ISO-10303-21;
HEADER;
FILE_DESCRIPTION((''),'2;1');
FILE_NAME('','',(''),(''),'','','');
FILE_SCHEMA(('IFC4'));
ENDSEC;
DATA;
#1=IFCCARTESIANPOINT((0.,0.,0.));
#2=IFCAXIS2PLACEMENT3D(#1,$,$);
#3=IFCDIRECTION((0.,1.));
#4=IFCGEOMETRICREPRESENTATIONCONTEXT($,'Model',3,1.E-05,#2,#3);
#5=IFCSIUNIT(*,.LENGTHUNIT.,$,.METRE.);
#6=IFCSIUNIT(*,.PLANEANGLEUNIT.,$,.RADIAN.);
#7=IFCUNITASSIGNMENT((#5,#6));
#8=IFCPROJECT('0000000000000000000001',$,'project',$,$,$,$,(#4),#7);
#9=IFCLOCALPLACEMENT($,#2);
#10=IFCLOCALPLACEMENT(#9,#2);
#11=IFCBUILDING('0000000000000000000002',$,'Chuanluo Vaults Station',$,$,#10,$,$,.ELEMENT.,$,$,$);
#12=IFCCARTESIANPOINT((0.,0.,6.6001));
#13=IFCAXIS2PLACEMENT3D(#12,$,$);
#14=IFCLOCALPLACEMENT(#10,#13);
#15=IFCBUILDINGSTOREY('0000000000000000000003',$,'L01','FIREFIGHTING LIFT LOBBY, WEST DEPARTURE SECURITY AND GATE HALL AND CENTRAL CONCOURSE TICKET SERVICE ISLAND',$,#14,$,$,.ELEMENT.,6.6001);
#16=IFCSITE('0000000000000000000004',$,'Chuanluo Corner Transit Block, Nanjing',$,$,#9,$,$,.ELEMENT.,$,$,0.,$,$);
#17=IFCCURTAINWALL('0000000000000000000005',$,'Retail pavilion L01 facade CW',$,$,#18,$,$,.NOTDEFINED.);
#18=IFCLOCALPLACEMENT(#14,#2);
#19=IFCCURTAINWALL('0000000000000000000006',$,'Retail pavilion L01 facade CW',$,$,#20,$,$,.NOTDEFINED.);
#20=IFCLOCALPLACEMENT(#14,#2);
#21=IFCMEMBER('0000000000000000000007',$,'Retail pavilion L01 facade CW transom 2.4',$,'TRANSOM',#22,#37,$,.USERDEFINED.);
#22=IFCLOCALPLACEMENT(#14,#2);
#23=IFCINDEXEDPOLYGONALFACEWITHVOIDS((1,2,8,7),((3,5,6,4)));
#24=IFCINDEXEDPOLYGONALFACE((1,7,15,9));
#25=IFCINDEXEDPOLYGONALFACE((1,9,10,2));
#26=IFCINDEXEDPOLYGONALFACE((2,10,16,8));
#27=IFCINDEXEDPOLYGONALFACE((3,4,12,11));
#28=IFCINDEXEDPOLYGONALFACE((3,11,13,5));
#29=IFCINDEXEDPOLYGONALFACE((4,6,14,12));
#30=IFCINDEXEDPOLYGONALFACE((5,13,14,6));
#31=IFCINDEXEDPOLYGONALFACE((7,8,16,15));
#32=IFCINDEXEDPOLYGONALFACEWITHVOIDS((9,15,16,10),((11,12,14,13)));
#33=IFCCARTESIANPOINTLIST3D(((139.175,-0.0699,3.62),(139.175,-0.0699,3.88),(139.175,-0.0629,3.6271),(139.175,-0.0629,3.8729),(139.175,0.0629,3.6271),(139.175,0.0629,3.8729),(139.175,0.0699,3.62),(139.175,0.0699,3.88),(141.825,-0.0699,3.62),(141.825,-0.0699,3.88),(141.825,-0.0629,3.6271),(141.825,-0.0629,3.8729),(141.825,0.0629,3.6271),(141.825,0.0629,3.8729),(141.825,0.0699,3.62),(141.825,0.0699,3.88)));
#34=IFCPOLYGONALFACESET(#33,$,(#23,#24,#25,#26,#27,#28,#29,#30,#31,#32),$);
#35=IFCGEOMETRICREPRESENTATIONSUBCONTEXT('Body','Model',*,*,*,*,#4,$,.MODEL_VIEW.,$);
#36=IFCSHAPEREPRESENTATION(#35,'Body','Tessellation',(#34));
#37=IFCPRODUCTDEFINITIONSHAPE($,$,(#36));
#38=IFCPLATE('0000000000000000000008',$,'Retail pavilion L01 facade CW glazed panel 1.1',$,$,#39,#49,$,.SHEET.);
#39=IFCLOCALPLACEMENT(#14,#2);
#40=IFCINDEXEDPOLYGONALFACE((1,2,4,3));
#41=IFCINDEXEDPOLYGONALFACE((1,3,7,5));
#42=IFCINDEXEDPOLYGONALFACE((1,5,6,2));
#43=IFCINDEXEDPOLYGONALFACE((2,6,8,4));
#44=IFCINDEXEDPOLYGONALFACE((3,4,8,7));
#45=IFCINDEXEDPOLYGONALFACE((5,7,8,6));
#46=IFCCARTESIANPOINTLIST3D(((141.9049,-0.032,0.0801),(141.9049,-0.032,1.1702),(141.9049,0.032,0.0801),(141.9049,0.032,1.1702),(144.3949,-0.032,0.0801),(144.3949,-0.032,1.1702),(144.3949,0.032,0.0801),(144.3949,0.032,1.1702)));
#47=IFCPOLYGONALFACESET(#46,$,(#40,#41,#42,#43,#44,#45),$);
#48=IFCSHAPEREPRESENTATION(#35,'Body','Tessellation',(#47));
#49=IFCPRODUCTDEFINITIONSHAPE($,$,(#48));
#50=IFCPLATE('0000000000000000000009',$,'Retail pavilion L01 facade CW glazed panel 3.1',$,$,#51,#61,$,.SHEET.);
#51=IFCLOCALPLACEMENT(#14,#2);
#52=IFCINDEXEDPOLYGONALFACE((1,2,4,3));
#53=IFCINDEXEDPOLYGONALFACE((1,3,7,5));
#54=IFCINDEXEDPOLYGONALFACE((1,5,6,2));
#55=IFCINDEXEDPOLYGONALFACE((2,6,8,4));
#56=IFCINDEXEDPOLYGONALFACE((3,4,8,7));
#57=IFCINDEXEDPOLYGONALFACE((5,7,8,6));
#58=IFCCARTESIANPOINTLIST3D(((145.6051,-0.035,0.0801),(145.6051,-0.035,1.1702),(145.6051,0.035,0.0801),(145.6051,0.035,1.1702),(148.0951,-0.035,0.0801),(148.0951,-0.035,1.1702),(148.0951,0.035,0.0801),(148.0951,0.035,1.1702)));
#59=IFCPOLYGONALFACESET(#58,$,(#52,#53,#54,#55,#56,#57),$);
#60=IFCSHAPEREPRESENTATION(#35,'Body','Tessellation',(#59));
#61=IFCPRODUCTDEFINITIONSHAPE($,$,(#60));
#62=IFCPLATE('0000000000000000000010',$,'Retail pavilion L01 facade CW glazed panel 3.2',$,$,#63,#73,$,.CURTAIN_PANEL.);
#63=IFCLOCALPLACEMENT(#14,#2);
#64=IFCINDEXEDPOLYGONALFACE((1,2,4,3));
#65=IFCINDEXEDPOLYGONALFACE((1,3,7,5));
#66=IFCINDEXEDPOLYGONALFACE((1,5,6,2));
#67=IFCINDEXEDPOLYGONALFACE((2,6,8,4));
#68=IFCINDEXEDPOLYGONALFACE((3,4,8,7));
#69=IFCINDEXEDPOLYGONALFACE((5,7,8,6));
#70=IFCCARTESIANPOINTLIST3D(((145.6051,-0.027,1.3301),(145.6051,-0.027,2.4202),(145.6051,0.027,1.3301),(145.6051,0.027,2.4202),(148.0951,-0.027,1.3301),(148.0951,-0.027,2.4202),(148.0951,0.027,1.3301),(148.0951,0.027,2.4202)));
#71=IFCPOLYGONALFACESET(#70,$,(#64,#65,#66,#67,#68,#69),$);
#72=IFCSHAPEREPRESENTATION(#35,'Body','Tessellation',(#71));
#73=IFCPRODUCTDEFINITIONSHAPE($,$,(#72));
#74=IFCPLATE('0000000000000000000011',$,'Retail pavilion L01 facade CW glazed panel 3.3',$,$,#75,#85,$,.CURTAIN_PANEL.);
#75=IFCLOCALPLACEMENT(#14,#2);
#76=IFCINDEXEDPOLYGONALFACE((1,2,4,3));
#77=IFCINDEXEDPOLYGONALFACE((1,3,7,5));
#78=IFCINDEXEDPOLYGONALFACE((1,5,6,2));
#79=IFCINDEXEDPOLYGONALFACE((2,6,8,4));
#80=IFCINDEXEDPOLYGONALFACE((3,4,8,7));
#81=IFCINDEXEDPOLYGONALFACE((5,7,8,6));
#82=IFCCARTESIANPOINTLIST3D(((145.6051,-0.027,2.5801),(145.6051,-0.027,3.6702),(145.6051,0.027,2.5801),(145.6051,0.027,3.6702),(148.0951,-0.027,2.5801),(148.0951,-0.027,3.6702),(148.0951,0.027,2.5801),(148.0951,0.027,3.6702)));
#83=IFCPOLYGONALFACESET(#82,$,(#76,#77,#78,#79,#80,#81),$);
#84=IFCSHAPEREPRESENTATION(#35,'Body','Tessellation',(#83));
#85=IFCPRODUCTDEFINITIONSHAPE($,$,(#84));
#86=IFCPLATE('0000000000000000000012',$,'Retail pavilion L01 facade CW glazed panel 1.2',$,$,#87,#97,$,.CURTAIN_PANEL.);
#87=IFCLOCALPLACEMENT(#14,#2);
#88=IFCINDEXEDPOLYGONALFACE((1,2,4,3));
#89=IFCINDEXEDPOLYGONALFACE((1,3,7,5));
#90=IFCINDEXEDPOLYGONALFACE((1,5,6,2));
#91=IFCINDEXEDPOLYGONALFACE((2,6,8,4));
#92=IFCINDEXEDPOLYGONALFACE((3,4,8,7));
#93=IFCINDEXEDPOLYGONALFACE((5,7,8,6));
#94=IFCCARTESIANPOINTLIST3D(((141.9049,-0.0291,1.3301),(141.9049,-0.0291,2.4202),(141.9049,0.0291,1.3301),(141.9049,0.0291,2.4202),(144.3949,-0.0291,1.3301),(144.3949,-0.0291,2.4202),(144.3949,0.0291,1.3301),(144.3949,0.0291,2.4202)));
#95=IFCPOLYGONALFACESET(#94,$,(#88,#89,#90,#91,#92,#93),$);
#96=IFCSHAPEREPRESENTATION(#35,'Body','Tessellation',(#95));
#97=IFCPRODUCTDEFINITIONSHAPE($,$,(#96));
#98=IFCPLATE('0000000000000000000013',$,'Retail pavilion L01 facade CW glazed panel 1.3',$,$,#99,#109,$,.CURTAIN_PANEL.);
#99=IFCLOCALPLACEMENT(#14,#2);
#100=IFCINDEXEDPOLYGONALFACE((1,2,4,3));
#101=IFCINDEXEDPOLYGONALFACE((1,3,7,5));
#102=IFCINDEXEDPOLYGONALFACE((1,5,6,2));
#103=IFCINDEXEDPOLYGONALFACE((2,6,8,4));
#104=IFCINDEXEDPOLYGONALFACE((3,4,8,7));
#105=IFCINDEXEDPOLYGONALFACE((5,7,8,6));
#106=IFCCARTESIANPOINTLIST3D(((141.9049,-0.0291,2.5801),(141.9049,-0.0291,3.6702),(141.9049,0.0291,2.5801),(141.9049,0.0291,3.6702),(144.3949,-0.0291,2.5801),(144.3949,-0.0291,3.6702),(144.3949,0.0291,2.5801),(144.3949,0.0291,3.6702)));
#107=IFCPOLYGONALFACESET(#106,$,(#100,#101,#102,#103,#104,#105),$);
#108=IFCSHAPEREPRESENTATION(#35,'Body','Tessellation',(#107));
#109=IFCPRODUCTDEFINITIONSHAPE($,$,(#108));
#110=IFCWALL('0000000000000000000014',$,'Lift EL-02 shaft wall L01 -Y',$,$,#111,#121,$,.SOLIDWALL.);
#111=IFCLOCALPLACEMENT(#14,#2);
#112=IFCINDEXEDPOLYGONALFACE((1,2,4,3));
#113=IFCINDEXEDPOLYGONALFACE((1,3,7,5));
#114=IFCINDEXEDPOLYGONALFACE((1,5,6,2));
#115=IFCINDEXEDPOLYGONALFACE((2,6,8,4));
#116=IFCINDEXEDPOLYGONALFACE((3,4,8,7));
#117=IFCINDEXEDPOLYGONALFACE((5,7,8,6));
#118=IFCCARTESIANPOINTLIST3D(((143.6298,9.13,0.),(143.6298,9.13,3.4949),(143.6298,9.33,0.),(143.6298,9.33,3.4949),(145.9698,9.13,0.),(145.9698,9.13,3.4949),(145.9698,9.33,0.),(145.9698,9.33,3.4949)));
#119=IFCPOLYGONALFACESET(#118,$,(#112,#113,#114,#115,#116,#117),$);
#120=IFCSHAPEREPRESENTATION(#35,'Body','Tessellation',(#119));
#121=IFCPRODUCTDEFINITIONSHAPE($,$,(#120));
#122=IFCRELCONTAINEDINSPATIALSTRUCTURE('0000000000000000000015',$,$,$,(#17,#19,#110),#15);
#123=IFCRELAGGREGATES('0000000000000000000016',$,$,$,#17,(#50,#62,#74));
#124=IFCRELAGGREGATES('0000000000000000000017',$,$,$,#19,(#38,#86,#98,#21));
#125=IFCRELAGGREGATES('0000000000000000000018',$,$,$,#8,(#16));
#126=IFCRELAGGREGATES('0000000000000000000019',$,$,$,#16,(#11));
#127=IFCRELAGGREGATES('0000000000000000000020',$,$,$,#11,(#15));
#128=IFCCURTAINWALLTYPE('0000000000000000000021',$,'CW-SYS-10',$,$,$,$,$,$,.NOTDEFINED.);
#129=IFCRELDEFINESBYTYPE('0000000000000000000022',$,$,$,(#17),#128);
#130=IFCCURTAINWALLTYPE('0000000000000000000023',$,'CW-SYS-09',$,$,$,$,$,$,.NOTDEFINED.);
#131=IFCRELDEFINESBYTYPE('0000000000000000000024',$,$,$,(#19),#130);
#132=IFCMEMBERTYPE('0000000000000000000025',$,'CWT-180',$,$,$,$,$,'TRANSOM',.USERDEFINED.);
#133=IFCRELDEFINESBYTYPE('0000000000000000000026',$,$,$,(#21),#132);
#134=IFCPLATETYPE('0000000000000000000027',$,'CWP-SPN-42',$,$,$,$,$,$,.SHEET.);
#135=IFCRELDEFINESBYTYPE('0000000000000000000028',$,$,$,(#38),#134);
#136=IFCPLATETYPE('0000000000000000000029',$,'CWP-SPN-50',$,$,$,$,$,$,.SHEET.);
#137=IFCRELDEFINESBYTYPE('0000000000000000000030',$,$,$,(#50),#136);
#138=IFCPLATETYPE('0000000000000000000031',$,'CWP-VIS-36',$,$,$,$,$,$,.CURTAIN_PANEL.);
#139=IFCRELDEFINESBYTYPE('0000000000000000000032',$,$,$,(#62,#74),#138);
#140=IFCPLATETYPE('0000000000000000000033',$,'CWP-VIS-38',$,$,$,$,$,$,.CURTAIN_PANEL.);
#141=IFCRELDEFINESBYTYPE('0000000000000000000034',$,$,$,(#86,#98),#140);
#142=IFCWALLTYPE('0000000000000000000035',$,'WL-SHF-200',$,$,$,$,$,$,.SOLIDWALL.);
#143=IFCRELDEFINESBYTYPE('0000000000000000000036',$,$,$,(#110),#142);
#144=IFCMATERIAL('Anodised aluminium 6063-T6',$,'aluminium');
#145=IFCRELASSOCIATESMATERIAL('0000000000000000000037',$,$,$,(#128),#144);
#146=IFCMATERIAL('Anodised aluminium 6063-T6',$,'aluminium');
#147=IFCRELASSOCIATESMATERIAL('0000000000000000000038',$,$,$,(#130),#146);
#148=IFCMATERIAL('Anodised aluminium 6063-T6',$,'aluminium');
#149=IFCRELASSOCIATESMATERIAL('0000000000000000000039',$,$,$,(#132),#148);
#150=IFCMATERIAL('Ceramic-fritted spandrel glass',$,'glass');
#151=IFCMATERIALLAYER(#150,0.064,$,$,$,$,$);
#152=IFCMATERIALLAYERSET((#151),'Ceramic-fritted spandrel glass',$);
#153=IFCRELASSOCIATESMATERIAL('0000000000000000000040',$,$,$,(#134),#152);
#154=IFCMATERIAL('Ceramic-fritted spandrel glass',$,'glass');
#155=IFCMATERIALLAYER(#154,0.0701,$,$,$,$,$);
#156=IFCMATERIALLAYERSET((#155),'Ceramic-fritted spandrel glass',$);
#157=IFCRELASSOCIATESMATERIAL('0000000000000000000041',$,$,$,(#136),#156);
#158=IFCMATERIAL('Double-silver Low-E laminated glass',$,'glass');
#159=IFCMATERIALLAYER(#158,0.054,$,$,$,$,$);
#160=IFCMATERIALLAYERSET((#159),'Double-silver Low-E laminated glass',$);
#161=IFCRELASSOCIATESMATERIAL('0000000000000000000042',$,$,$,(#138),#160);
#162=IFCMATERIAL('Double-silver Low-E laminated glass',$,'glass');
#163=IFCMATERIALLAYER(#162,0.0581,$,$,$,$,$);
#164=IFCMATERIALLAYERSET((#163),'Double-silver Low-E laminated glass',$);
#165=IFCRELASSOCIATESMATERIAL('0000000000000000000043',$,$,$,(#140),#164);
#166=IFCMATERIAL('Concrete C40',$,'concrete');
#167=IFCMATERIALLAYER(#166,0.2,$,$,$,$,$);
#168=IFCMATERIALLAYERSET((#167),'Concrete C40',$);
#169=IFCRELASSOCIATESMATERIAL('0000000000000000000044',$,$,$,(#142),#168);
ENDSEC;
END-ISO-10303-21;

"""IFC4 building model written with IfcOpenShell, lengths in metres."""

from ifc_helpers import new_model, si_unit, direction, frame, frame_2d, origin, origin_2d, place, context, subcontext, project, spatial, rectangle, hollow_rectangle, extrude, material, layer, layer_set, material_profile, profile_set, type_object, element, aggregate, save


model = new_model("IFC4")

# Units and contexts
model_context = context("Model", 3, precision=1e-05, world=origin(), true_north=direction((0.0, 1.0)))
body_context = subcontext(model_context, "Body", "Model", "MODEL_VIEW")
ifc_project = project(units=[si_unit("LENGTHUNIT", "METRE"), si_unit("PLANEANGLEUNIT", "RADIAN")], contexts=[model_context])

# Site, building, storey
site_placement = place(None, origin())
site = spatial("IfcSite", under=ifc_project, at=site_placement, Name="Chuanluo Corner Transit Block, Nanjing", CompositionType="ELEMENT", RefElevation=0.0)
building_placement = place(site_placement, origin())
building = spatial("IfcBuilding", under=site, at=building_placement, Name="Chuanluo Vaults Station", CompositionType="ELEMENT")
storey_placement = place(building_placement, frame((0.0, 0.0, 6.6001)))
storey = spatial("IfcBuildingStorey", under=building, at=storey_placement, Name="L01", Description="FIREFIGHTING LIFT LOBBY, WEST DEPARTURE SECURITY AND GATE HALL AND CENTRAL CONCOURSE TICKET SERVICE ISLAND", CompositionType="ELEMENT", Elevation=6.6001)

# Curtain wall
ifc_material_1 = material(Name="Anodised aluminium 6063-T6", Category="aluminium")
curtain_wall_type_1 = type_object("IfcCurtainWallType", Name="CW-SYS-10", PredefinedType="NOTDEFINED", material=ifc_material_1)
curtain_wall_1_placement = place(storey_placement, origin())
curtain_wall_1 = element("IfcCurtainWall", 1, at=curtain_wall_1_placement, inside=storey, type_object=curtain_wall_type_1, Name="Retail pavilion L01 facade CW", PredefinedType="NOTDEFINED")

# Curtain wall
ifc_material_2 = material(Name="Anodised aluminium 6063-T6", Category="aluminium")
curtain_wall_type_2 = type_object("IfcCurtainWallType", Name="CW-SYS-09", PredefinedType="NOTDEFINED", material=ifc_material_2)
curtain_wall_2_placement = place(storey_placement, origin())
curtain_wall_2 = element("IfcCurtainWall", 2, at=curtain_wall_2_placement, inside=storey, type_object=curtain_wall_type_2, Name="Retail pavilion L01 facade CW", PredefinedType="NOTDEFINED")

# Member
ifc_material_3 = material(Name="Anodised aluminium 6063-T6", Category="aluminium")
ifc_material_profile_1 = material_profile(ifc_material_3, hollow_rectangle(XDim=0.1399, YDim=0.26, WallThickness=0.0071, at=origin_2d()))
ifc_profile_set_1 = profile_set([ifc_material_profile_1], Name="Anodised aluminium 6063-T6")
member_type_1 = type_object("IfcMemberType", Name="CWT-180", ElementType="TRANSOM", PredefinedType="USERDEFINED", material=ifc_profile_set_1)
member_1_placement = place(storey_placement, frame((141.825, 0.0, 3.75), z_axis=(-1.0, 0.0, 0.0), x_axis=(0.0, -1.0, 0.0)))
member_1 = element("IfcMember", 3, at=member_1_placement, type_object=member_type_1, Name="Retail pavilion L01 facade CW transom 2.4", ObjectType="TRANSOM", PredefinedType="USERDEFINED", context=body_context, shape_type="SweptSolid", body=[
    extrude(hollow_rectangle(XDim=0.1399, YDim=0.26, WallThickness=0.0071, at=origin_2d()), origin(), (0.0, 0.0, 1.0), 2.6499),
])

# Plates
ifc_material_4 = material(Name="Ceramic-fritted spandrel glass", Category="glass")
ifc_layer_1 = layer(ifc_material_4, 0.064)
ifc_layer_set_1 = layer_set([ifc_layer_1], Name="Ceramic-fritted spandrel glass")
plate_type_1 = type_object("IfcPlateType", Name="CWP-SPN-42", PredefinedType="SHEET", material=ifc_layer_set_1)
plate_1_placement = place(storey_placement, frame((143.1499, 0.0, 0.0801), z_axis=(0.0, 0.0, 1.0), x_axis=(-1.0, 0.0, 0.0)))
plate_1 = element("IfcPlate", 4, at=plate_1_placement, type_object=plate_type_1, Name="Retail pavilion L01 facade CW glazed panel 1.1", PredefinedType="SHEET", context=body_context, shape_type="SweptSolid", body=[
    extrude(rectangle(XDim=2.49, YDim=0.064, at=origin_2d()), origin(), (0.0, 0.0, 1.0), 1.0901),
])
ifc_material_5 = material(Name="Ceramic-fritted spandrel glass", Category="glass")
ifc_layer_2 = layer(ifc_material_5, 0.0701)
ifc_layer_set_2 = layer_set([ifc_layer_2], Name="Ceramic-fritted spandrel glass")
plate_type_2 = type_object("IfcPlateType", Name="CWP-SPN-50", PredefinedType="SHEET", material=ifc_layer_set_2)
plate_2_placement = place(storey_placement, frame((146.8501, 0.0, 0.0801), z_axis=(0.0, 0.0, 1.0), x_axis=(-1.0, 0.0, 0.0)))
plate_2 = element("IfcPlate", 5, at=plate_2_placement, type_object=plate_type_2, Name="Retail pavilion L01 facade CW glazed panel 3.1", PredefinedType="SHEET", context=body_context, shape_type="SweptSolid", body=[
    extrude(rectangle(XDim=2.49, YDim=0.0701, at=origin_2d()), origin(), (0.0, 0.0, 1.0), 1.0901),
])
ifc_material_6 = material(Name="Double-silver Low-E laminated glass", Category="glass")
ifc_layer_3 = layer(ifc_material_6, 0.054)
ifc_layer_set_3 = layer_set([ifc_layer_3], Name="Double-silver Low-E laminated glass")
plate_type_3 = type_object("IfcPlateType", Name="CWP-VIS-36", PredefinedType="CURTAIN_PANEL", material=ifc_layer_set_3)
plate_3_placement = place(storey_placement, frame((146.8501, 0.0, 1.3301), z_axis=(0.0, 0.0, 1.0), x_axis=(-1.0, 0.0, 0.0)))
plate_3 = element("IfcPlate", 6, at=plate_3_placement, type_object=plate_type_3, Name="Retail pavilion L01 facade CW glazed panel 3.2", PredefinedType="CURTAIN_PANEL", context=body_context, shape_type="SweptSolid", body=[
    extrude(rectangle(XDim=2.49, YDim=0.054, at=origin_2d()), origin(), (0.0, 0.0, 1.0), 1.0901),
])
plate_4_placement = place(storey_placement, frame((146.8501, 0.0, 2.5801), z_axis=(0.0, 0.0, 1.0), x_axis=(-1.0, 0.0, 0.0)))
plate_4 = element("IfcPlate", 7, at=plate_4_placement, type_object=plate_type_3, Name="Retail pavilion L01 facade CW glazed panel 3.3", PredefinedType="CURTAIN_PANEL", context=body_context, shape_type="SweptSolid", body=[
    extrude(rectangle(XDim=2.49, YDim=0.054, at=origin_2d()), origin(), (0.0, 0.0, 1.0), 1.0901),
])
aggregate(curtain_wall_1, [plate_2, plate_3, plate_4])
ifc_material_7 = material(Name="Double-silver Low-E laminated glass", Category="glass")
ifc_layer_4 = layer(ifc_material_7, 0.0581)
ifc_layer_set_4 = layer_set([ifc_layer_4], Name="Double-silver Low-E laminated glass")
plate_type_4 = type_object("IfcPlateType", Name="CWP-VIS-38", PredefinedType="CURTAIN_PANEL", material=ifc_layer_set_4)
plate_5_placement = place(storey_placement, frame((143.1499, 0.0, 1.3301), z_axis=(0.0, 0.0, 1.0), x_axis=(-1.0, 0.0, 0.0)))
plate_5 = element("IfcPlate", 8, at=plate_5_placement, type_object=plate_type_4, Name="Retail pavilion L01 facade CW glazed panel 1.2", PredefinedType="CURTAIN_PANEL", context=body_context, shape_type="SweptSolid", body=[
    extrude(rectangle(XDim=2.49, YDim=0.0581, at=origin_2d()), origin(), (0.0, 0.0, 1.0), 1.0901),
])
plate_6_placement = place(storey_placement, frame((143.1499, 0.0, 2.5801), z_axis=(0.0, 0.0, 1.0), x_axis=(-1.0, 0.0, 0.0)))
plate_6 = element("IfcPlate", 9, at=plate_6_placement, type_object=plate_type_4, Name="Retail pavilion L01 facade CW glazed panel 1.3", PredefinedType="CURTAIN_PANEL", context=body_context, shape_type="SweptSolid", body=[
    extrude(rectangle(XDim=2.49, YDim=0.0581, at=origin_2d()), origin(), (0.0, 0.0, 1.0), 1.0901),
])
aggregate(curtain_wall_2, [plate_1, plate_5, plate_6, member_1])

# Wall
ifc_material_8 = material(Name="Concrete C40", Category="concrete")
ifc_layer_5 = layer(ifc_material_8, 0.2)
ifc_layer_set_5 = layer_set([ifc_layer_5], Name="Concrete C40")
wall_type = type_object("IfcWallType", Name="WL-SHF-200", PredefinedType="SOLIDWALL", material=ifc_layer_set_5)
wall_1_placement = place(storey_placement, frame((143.6299, 9.23, 0.0), z_axis=(0.0, 0.0, 1.0), x_axis=(1.0, 0.0, 0.0)))
element("IfcWall", 10, at=wall_1_placement, inside=storey, type_object=wall_type, Name="Lift EL-02 shaft wall L01 -Y", PredefinedType="SOLIDWALL", context=body_context, shape_type="SweptSolid", body=[
    extrude(rectangle(XDim=2.3401, YDim=0.2, at=frame_2d((1.1699, 0.0))), origin(), (0.0, 0.0, 1.0), 3.4949),
])

save(model, "model.ifc")
